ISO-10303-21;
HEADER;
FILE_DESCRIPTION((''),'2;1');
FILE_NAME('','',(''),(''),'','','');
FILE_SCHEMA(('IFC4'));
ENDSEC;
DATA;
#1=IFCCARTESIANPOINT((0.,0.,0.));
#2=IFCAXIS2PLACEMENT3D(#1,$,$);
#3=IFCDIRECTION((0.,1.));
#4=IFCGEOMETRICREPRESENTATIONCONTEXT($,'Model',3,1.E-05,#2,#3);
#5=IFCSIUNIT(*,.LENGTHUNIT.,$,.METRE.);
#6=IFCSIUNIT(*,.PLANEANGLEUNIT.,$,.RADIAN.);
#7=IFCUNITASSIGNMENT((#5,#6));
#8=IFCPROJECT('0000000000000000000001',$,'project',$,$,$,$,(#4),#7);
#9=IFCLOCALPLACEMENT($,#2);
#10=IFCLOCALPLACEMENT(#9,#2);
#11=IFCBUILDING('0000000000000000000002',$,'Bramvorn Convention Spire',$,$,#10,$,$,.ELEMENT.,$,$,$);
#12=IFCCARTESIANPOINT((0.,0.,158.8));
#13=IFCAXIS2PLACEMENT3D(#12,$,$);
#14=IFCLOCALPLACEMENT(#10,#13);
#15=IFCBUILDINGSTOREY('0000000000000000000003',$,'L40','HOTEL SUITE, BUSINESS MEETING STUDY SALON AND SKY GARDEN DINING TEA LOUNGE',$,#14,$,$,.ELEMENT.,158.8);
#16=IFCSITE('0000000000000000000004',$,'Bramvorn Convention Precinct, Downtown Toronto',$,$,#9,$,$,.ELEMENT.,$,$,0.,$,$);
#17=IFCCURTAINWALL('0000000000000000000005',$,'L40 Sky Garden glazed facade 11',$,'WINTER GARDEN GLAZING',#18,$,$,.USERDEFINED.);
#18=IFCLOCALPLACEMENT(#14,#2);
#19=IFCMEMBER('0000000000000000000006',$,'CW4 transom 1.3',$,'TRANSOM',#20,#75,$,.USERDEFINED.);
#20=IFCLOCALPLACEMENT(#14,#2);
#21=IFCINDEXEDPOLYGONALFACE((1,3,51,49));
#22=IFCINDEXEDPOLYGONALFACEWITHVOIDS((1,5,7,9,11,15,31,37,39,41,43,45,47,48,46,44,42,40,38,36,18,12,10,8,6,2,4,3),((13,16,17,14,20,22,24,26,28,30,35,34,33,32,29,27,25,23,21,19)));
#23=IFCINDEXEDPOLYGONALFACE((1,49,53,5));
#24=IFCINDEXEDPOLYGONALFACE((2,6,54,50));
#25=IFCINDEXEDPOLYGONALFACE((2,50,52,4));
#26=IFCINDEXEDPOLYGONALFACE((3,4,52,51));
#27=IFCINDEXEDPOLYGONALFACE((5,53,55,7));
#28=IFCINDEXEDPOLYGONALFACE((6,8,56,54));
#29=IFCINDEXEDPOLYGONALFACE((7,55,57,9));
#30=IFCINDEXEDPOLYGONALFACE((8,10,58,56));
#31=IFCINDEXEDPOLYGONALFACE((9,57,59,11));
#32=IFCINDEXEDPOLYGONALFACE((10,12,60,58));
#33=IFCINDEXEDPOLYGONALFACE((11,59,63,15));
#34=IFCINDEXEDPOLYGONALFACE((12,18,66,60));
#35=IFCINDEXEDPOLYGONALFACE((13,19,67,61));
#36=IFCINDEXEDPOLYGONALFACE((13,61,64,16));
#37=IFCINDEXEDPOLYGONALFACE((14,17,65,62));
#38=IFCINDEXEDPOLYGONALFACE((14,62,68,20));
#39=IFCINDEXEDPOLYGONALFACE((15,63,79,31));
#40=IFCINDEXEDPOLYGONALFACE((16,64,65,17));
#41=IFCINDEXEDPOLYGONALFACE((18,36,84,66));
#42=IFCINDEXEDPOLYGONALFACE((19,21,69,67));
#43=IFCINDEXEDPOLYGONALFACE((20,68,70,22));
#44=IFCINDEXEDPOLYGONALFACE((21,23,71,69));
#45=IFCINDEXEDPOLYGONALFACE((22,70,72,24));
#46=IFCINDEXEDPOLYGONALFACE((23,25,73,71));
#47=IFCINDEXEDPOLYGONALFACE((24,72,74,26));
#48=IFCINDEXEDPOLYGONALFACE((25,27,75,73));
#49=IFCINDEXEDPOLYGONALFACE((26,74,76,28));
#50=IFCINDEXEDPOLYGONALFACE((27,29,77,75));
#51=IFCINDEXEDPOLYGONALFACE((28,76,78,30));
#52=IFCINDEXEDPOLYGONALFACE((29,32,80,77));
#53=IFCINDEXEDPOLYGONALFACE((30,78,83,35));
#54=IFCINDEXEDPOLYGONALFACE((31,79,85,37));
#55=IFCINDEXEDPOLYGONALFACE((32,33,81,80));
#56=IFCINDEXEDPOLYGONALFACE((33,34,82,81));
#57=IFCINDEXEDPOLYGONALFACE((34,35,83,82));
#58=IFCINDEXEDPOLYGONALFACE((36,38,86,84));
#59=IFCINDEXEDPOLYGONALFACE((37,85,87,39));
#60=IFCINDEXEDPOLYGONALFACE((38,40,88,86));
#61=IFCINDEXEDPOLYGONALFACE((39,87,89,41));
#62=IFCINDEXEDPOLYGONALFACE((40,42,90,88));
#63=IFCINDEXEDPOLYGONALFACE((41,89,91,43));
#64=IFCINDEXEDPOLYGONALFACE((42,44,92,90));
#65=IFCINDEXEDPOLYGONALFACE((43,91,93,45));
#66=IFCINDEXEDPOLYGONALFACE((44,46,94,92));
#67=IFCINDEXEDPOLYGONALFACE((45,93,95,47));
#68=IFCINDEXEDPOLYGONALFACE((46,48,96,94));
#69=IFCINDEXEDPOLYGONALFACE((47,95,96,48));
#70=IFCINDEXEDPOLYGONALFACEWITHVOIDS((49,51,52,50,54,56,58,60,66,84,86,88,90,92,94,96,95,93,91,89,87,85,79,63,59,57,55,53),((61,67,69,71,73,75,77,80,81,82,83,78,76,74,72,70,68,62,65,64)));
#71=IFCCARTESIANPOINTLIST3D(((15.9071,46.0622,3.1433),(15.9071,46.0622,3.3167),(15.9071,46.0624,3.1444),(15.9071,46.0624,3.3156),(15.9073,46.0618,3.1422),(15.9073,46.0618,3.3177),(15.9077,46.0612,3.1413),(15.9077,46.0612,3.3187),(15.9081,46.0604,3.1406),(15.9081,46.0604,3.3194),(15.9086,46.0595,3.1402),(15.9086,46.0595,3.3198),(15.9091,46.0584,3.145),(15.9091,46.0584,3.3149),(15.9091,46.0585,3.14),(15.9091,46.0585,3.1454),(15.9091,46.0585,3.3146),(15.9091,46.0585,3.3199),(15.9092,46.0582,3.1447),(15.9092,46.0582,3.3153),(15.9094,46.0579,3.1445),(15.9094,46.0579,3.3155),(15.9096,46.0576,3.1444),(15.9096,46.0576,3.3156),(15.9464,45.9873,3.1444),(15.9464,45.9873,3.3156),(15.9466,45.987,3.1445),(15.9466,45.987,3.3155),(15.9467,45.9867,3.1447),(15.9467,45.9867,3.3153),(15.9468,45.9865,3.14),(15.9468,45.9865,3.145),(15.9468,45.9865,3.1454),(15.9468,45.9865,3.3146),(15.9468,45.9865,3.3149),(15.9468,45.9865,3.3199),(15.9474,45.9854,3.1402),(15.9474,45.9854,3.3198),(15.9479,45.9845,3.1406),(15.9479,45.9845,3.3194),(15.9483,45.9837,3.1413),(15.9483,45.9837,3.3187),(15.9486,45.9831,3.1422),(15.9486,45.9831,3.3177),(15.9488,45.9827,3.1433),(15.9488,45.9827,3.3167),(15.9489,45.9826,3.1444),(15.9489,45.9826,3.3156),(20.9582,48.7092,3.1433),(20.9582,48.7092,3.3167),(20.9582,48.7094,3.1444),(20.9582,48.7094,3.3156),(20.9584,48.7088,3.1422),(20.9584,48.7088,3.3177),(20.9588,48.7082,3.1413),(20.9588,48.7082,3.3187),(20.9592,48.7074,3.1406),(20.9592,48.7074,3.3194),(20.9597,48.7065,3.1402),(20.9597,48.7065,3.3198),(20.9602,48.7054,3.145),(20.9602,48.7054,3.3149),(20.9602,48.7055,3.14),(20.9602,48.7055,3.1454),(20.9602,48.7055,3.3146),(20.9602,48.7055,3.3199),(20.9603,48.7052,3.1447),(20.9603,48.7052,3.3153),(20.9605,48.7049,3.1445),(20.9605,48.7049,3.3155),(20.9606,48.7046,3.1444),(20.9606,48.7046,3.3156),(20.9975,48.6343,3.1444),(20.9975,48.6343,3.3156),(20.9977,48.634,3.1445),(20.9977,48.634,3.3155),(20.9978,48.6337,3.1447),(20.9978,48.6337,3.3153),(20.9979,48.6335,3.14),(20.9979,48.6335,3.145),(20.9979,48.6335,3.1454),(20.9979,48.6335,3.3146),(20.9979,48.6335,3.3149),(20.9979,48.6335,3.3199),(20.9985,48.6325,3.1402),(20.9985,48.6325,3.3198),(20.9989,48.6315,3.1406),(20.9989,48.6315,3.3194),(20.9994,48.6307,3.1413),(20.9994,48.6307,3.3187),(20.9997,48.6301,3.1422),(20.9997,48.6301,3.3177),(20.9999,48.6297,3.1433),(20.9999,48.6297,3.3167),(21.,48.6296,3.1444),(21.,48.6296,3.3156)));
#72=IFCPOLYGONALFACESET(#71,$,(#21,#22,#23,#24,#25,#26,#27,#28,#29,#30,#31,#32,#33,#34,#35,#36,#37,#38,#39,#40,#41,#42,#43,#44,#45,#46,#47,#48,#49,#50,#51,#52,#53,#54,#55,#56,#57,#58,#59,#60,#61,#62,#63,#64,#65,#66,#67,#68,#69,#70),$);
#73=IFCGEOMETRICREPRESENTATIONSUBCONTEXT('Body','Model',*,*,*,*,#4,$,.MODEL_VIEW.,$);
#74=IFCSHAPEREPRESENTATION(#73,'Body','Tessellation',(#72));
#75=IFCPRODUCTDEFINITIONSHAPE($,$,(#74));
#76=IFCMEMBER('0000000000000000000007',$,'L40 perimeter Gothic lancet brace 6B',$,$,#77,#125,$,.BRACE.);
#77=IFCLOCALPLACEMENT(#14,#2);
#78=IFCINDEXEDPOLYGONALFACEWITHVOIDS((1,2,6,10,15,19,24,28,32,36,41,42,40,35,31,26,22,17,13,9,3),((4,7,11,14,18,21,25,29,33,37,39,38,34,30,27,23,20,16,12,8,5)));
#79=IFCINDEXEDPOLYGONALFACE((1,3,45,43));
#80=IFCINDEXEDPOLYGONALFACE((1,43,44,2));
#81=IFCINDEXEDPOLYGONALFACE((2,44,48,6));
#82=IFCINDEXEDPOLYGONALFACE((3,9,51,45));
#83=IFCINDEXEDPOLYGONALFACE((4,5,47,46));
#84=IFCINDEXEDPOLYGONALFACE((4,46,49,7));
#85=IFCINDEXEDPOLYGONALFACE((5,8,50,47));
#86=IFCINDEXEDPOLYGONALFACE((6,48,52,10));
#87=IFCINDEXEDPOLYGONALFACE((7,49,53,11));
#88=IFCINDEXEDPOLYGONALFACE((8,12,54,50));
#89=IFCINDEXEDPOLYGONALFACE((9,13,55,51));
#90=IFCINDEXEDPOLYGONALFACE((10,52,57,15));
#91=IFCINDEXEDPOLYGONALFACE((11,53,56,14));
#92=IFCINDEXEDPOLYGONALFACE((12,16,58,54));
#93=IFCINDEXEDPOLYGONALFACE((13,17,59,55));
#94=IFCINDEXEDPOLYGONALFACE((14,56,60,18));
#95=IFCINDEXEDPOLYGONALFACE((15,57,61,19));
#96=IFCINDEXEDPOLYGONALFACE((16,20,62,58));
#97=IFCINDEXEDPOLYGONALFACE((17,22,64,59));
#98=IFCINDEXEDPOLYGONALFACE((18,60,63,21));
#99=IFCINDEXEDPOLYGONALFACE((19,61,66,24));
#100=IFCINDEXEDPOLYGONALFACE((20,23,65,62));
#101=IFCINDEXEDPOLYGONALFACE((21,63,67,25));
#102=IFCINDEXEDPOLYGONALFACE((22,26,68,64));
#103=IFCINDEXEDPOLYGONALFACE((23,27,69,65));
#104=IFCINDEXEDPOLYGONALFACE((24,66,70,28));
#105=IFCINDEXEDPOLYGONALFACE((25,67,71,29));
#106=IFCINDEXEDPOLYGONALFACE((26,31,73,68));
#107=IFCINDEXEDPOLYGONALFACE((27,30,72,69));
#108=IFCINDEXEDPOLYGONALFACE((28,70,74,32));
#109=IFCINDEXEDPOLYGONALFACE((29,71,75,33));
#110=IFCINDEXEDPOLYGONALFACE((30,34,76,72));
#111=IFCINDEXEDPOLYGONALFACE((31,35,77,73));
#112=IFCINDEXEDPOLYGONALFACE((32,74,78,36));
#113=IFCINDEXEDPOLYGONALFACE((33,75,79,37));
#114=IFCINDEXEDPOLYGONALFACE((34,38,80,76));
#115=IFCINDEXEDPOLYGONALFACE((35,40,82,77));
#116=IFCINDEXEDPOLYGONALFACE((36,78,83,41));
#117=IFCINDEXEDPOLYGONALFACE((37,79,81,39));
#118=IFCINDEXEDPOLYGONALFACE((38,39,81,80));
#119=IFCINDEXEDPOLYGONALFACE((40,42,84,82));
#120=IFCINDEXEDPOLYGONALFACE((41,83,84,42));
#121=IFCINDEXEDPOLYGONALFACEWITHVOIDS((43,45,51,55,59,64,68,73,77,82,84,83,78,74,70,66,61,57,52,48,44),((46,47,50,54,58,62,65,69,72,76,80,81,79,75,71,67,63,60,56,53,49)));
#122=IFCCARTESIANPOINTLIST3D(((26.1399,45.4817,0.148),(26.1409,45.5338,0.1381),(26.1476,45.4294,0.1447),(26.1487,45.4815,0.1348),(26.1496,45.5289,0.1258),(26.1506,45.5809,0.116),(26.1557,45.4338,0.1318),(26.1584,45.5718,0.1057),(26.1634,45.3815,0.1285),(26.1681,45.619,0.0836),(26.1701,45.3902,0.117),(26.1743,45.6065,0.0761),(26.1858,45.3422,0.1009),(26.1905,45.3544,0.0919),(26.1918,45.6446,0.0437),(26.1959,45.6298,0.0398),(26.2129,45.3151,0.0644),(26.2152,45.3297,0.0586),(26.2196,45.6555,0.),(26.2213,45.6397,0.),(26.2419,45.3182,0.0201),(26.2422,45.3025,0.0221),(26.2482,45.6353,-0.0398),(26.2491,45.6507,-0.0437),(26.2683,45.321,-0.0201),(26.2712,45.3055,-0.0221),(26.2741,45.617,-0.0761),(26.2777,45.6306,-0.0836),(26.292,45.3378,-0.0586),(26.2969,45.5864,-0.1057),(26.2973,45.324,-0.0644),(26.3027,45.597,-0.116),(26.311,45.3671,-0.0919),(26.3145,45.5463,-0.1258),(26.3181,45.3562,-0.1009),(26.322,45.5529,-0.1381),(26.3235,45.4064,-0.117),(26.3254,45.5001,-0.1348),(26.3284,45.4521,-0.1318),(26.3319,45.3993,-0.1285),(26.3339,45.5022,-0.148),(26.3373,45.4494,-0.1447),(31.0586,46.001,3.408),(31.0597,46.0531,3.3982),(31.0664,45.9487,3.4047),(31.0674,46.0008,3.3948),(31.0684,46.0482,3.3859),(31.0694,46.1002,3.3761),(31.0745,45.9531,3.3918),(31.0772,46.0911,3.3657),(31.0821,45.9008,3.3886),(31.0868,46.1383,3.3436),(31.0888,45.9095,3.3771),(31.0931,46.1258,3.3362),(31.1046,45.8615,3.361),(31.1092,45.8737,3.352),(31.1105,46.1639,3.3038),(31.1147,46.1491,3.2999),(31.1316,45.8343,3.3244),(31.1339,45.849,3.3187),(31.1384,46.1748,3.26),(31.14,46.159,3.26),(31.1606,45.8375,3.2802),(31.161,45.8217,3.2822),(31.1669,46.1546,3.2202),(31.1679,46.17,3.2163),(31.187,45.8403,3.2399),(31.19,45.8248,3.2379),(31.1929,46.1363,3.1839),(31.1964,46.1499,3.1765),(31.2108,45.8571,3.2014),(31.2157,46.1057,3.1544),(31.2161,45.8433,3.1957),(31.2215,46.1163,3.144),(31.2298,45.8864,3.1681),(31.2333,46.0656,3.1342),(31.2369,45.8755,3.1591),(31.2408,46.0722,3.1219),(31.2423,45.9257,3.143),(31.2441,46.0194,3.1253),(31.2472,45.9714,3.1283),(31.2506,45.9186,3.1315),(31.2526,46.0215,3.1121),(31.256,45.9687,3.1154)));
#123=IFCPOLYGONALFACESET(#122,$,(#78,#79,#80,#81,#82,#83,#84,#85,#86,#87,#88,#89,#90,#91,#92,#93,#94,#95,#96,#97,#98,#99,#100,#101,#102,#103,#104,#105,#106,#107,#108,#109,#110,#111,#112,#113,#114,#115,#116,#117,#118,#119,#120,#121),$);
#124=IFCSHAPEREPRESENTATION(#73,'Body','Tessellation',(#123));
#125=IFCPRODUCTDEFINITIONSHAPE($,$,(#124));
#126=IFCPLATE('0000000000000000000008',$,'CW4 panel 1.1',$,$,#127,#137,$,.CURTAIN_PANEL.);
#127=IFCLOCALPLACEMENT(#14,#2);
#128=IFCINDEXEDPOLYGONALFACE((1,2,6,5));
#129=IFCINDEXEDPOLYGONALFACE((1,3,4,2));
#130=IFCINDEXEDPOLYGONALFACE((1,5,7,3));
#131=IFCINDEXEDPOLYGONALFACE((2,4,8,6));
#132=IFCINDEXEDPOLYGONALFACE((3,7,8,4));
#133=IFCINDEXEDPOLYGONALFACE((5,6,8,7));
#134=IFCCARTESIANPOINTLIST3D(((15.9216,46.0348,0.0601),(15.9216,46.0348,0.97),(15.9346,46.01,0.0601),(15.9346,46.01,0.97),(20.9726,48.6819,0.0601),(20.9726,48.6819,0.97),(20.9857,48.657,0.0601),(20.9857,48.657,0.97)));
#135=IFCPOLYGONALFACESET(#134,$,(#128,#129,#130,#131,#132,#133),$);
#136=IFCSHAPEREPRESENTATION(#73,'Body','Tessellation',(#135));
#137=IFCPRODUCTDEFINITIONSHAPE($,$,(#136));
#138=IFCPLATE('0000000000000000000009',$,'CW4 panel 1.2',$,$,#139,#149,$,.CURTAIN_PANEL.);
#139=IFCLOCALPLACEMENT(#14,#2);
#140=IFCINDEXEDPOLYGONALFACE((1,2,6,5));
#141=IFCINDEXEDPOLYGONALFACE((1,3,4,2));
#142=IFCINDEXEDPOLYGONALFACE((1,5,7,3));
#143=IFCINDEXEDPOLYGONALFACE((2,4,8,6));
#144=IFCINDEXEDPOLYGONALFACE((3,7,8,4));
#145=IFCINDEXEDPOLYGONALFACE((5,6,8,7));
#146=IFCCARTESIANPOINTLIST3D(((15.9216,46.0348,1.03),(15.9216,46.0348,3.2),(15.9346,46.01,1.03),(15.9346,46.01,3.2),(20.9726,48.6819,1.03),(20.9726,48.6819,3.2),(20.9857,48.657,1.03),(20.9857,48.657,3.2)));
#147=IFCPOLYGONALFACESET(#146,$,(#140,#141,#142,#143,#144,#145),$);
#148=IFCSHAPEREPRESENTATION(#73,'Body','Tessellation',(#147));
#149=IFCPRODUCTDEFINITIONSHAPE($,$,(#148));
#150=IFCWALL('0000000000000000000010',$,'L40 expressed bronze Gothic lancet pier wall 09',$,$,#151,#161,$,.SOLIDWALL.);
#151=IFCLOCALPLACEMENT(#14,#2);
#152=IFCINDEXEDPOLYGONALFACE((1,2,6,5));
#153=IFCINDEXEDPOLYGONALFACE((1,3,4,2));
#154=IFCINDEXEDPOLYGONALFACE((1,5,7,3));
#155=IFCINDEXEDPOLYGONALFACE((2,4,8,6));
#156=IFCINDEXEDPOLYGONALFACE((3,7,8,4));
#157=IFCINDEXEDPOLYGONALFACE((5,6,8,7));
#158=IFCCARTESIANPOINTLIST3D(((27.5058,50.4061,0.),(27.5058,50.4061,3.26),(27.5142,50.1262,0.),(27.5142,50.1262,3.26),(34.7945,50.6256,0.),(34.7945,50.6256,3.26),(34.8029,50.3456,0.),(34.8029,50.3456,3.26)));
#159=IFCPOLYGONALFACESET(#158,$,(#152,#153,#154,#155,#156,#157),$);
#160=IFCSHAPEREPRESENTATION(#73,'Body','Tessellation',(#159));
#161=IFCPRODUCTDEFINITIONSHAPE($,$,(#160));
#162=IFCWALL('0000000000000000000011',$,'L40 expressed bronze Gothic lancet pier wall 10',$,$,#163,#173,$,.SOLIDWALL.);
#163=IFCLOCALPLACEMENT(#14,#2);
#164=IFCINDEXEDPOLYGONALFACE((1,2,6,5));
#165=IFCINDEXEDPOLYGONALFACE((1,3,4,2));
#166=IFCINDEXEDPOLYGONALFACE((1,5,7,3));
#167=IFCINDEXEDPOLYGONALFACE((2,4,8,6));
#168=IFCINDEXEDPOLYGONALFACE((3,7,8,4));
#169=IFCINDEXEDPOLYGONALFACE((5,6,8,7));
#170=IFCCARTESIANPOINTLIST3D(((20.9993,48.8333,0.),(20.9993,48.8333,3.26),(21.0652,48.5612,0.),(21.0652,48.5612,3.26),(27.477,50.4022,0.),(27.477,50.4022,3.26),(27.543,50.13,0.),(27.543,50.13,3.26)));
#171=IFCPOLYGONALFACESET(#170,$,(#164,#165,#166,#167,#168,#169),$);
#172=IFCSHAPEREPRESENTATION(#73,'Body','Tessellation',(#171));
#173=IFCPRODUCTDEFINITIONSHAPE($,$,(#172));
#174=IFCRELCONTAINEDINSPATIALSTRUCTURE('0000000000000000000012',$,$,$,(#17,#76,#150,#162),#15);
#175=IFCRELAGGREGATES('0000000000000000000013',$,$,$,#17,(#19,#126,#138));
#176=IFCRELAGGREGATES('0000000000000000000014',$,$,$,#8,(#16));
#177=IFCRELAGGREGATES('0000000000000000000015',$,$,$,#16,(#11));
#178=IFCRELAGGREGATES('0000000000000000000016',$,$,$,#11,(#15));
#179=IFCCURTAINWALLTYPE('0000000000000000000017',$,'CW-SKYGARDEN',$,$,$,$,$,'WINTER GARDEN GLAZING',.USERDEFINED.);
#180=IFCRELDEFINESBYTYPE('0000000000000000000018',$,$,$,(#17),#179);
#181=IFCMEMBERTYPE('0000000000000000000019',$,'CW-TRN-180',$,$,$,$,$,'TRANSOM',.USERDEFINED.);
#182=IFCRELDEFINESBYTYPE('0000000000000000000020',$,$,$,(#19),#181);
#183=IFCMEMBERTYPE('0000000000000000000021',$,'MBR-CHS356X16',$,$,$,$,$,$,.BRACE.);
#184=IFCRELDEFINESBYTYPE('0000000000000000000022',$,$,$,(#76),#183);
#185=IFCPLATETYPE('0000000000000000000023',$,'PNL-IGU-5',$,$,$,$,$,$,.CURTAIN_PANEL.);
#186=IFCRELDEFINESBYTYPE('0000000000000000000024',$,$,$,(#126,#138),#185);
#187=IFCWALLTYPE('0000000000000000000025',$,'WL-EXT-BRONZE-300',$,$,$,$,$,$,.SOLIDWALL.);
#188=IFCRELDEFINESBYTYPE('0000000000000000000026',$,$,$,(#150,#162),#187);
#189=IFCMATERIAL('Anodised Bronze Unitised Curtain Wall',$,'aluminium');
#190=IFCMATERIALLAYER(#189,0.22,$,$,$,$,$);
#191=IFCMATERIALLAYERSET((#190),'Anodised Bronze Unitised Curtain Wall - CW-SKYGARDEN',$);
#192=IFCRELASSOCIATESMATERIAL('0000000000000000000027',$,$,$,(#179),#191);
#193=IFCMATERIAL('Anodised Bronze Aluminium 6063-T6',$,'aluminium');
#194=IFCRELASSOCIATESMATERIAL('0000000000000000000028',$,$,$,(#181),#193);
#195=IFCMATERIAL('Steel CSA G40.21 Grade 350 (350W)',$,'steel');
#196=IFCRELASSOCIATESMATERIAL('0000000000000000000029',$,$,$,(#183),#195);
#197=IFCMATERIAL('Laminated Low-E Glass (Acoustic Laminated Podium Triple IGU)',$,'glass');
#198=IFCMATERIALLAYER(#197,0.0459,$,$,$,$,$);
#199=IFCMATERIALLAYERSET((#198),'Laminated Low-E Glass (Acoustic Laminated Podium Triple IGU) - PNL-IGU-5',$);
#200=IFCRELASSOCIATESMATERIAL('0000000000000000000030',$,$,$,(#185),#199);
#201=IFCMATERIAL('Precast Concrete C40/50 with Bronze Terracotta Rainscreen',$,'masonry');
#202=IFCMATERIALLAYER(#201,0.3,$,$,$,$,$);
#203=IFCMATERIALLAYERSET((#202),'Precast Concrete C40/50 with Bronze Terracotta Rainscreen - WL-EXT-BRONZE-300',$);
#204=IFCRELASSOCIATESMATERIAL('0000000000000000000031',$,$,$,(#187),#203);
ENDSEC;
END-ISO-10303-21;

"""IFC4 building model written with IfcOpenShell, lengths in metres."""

from ifc_helpers import new_model, si_unit, direction, frame, frame_2d, origin, origin_2d, place, context, subcontext, project, spatial, rectangle, hollow_rectangle, hollow_circle, extrude, material, layer, layer_set, material_profile, profile_set, type_object, element, aggregate, save


model = new_model("IFC4")

# Units and contexts
model_context = context("Model", 3, precision=1e-05, world=origin(), true_north=direction((0.0, 1.0)))
body_context = subcontext(model_context, "Body", "Model", "MODEL_VIEW")
ifc_project = project(units=[si_unit("LENGTHUNIT", "METRE"), si_unit("PLANEANGLEUNIT", "RADIAN")], contexts=[model_context])

# Site, building, storey
site_placement = place(None, origin())
site = spatial("IfcSite", under=ifc_project, at=site_placement, Name="Bramvorn Convention Precinct, Downtown Toronto", CompositionType="ELEMENT", RefElevation=0.0)
building_placement = place(site_placement, origin())
building = spatial("IfcBuilding", under=site, at=building_placement, Name="Bramvorn Convention Spire", CompositionType="ELEMENT")
storey_placement = place(building_placement, frame((0.0, 0.0, 158.8)))
storey = spatial("IfcBuildingStorey", under=building, at=storey_placement, Name="L40", Description="HOTEL SUITE, BUSINESS MEETING STUDY SALON AND SKY GARDEN DINING TEA LOUNGE", CompositionType="ELEMENT", Elevation=158.8)

# Shared definitions
ifc_material_1 = material(Name="Steel CSA G40.21 Grade 350 (350W)", Category="steel")

# Curtain wall
ifc_material_2 = material(Name="Anodised Bronze Unitised Curtain Wall", Category="aluminium")
ifc_layer_1 = layer(ifc_material_2, 0.22)
ifc_layer_set_1 = layer_set([ifc_layer_1], Name="Anodised Bronze Unitised Curtain Wall - CW-SKYGARDEN")
curtain_wall_type = type_object("IfcCurtainWallType", Name="CW-SKYGARDEN", ElementType="WINTER GARDEN GLAZING", PredefinedType="USERDEFINED", material=ifc_layer_set_1)
curtain_wall_1_placement = place(storey_placement, origin())
curtain_wall_1 = element("IfcCurtainWall", 1, at=curtain_wall_1_placement, inside=storey, type_object=curtain_wall_type, Name="L40 Sky Garden glazed facade 11", ObjectType="WINTER GARDEN GLAZING", PredefinedType="USERDEFINED")
ifc_material_3 = material(Name="Anodised Bronze Aluminium 6063-T6", Category="aluminium")

# Members
ifc_material_profile_1 = material_profile(ifc_material_3, hollow_rectangle(XDim=0.0901, YDim=0.1799, WallThickness=0.0044, InnerFilletRadius=0.001, OuterFilletRadius=0.0044, at=origin_2d()))
ifc_profile_set_1 = profile_set([ifc_material_profile_1], Name="Anodised Bronze Aluminium 6063-T6 - CWT90X180")
member_type_1 = type_object("IfcMemberType", Name="CW-TRN-180", ElementType="TRANSOM", PredefinedType="USERDEFINED", material=ifc_profile_set_1)
member_1_placement = place(storey_placement, frame((15.928, 46.0225, 3.23), z_axis=(0.885745, 0.464172, 0.0), x_axis=(-0.464172, 0.885745, 0.0)))
member_1 = element("IfcMember", 2, at=member_1_placement, type_object=member_type_1, Name="CW4 transom 1.3", ObjectType="TRANSOM", PredefinedType="USERDEFINED", context=body_context, shape_type="SweptSolid", body=[
    extrude(hollow_rectangle(XDim=0.0901, YDim=0.1799, WallThickness=0.0044, InnerFilletRadius=0.001, OuterFilletRadius=0.0044, at=origin_2d()), origin(), (0.0, 0.0, 1.0), 5.7026),
])
ifc_material_profile_2 = material_profile(ifc_material_1, hollow_circle(Radius=0.1777, WallThickness=0.0159, at=origin_2d()))
ifc_profile_set_2 = profile_set([ifc_material_profile_2], Name="Steel CSA G40.21 Grade 350 (350W) - CHS356X16")
member_type_2 = type_object("IfcMemberType", Name="MBR-CHS356X16", PredefinedType="BRACE", material=ifc_profile_set_2)
member_2_placement = place(storey_placement, frame((26.2383, 45.4788, 0.0), z_axis=(0.830334, 0.087662, 0.550328), x_axis=(-0.104991, 0.994473, 0.0)))
element("IfcMember", 3, at=member_2_placement, inside=storey, type_object=member_type_2, Name="L40 perimeter Gothic lancet brace 6B", PredefinedType="BRACE", context=body_context, shape_type="SweptSolid", body=[
    extrude(hollow_circle(Radius=0.1777, WallThickness=0.0159, at=origin_2d()), origin(), (0.0, 0.0, 1.0), 5.9238),
])

# Plates
ifc_material_4 = material(Name="Laminated Low-E Glass (Acoustic Laminated Podium Triple IGU)", Category="glass")
ifc_layer_2 = layer(ifc_material_4, 0.0459)
ifc_layer_set_2 = layer_set([ifc_layer_2], Name="Laminated Low-E Glass (Acoustic Laminated Podium Triple IGU) - PNL-IGU-5")
plate_type = type_object("IfcPlateType", Name="PNL-IGU-5", PredefinedType="CURTAIN_PANEL", material=ifc_layer_set_2)
plate_1_placement = place(storey_placement, frame((18.4536, 47.3459, 0.0601), z_axis=(0.0, 0.0, 1.0), x_axis=(0.885739, 0.464183, 0.0)))
plate_1 = element("IfcPlate", 4, at=plate_1_placement, type_object=plate_type, Name="CW4 panel 1.1", PredefinedType="CURTAIN_PANEL", context=body_context, shape_type="SweptSolid", body=[
    extrude(rectangle(XDim=5.7026, YDim=0.0281, at=origin_2d()), origin(), (0.0, 0.0, 1.0), 0.9099),
])
plate_2_placement = place(storey_placement, frame((18.4536, 47.3459, 1.03), z_axis=(0.0, 0.0, 1.0), x_axis=(0.885739, 0.464183, 0.0)))
plate_2 = element("IfcPlate", 5, at=plate_2_placement, type_object=plate_type, Name="CW4 panel 1.2", PredefinedType="CURTAIN_PANEL", context=body_context, shape_type="SweptSolid", body=[
    extrude(rectangle(XDim=5.7026, YDim=0.0281, at=origin_2d()), origin(), (0.0, 0.0, 1.0), 2.1699),
])
aggregate(curtain_wall_1, [member_1, plate_1, plate_2])

# Walls
ifc_material_5 = material(Name="Precast Concrete C40/50 with Bronze Terracotta Rainscreen", Category="masonry")
ifc_layer_3 = layer(ifc_material_5, 0.3)
ifc_layer_set_3 = layer_set([ifc_layer_3], Name="Precast Concrete C40/50 with Bronze Terracotta Rainscreen - WL-EXT-BRONZE-300")
wall_type_1 = type_object("IfcWallType", Name="WL-EXT-BRONZE-300", PredefinedType="SOLIDWALL", material=ifc_layer_set_3)
wall_1_placement = place(storey_placement, frame((27.51, 50.2661, 0.0), z_axis=(0.0, 0.0, 1.0), x_axis=(0.999547, 0.0301, 0.0)))
element("IfcWall", 6, at=wall_1_placement, inside=storey, type_object=wall_type_1, Name="L40 expressed bronze Gothic lancet pier wall 09", PredefinedType="SOLIDWALL", context=body_context, shape_type="SweptSolid", body=[
    extrude(rectangle(XDim=7.292, YDim=0.28, at=frame_2d((3.646, 0.0))), origin(), (0.0, 0.0, 1.0), 3.26),
])
wall_2_placement = place(storey_placement, frame((21.0322, 48.6973, 0.0), z_axis=(0.0, 0.0, 1.0), x_axis=(0.971902, 0.235384, 0.0)))
element("IfcWall", 7, at=wall_2_placement, inside=storey, type_object=wall_type_1, Name="L40 expressed bronze Gothic lancet pier wall 10", PredefinedType="SOLIDWALL", context=body_context, shape_type="SweptSolid", body=[
    extrude(rectangle(XDim=6.665, YDim=0.28, at=frame_2d((3.3325, 0.0))), origin(), (0.0, 0.0, 1.0), 3.26),
])

save(model, "model.ifc")
